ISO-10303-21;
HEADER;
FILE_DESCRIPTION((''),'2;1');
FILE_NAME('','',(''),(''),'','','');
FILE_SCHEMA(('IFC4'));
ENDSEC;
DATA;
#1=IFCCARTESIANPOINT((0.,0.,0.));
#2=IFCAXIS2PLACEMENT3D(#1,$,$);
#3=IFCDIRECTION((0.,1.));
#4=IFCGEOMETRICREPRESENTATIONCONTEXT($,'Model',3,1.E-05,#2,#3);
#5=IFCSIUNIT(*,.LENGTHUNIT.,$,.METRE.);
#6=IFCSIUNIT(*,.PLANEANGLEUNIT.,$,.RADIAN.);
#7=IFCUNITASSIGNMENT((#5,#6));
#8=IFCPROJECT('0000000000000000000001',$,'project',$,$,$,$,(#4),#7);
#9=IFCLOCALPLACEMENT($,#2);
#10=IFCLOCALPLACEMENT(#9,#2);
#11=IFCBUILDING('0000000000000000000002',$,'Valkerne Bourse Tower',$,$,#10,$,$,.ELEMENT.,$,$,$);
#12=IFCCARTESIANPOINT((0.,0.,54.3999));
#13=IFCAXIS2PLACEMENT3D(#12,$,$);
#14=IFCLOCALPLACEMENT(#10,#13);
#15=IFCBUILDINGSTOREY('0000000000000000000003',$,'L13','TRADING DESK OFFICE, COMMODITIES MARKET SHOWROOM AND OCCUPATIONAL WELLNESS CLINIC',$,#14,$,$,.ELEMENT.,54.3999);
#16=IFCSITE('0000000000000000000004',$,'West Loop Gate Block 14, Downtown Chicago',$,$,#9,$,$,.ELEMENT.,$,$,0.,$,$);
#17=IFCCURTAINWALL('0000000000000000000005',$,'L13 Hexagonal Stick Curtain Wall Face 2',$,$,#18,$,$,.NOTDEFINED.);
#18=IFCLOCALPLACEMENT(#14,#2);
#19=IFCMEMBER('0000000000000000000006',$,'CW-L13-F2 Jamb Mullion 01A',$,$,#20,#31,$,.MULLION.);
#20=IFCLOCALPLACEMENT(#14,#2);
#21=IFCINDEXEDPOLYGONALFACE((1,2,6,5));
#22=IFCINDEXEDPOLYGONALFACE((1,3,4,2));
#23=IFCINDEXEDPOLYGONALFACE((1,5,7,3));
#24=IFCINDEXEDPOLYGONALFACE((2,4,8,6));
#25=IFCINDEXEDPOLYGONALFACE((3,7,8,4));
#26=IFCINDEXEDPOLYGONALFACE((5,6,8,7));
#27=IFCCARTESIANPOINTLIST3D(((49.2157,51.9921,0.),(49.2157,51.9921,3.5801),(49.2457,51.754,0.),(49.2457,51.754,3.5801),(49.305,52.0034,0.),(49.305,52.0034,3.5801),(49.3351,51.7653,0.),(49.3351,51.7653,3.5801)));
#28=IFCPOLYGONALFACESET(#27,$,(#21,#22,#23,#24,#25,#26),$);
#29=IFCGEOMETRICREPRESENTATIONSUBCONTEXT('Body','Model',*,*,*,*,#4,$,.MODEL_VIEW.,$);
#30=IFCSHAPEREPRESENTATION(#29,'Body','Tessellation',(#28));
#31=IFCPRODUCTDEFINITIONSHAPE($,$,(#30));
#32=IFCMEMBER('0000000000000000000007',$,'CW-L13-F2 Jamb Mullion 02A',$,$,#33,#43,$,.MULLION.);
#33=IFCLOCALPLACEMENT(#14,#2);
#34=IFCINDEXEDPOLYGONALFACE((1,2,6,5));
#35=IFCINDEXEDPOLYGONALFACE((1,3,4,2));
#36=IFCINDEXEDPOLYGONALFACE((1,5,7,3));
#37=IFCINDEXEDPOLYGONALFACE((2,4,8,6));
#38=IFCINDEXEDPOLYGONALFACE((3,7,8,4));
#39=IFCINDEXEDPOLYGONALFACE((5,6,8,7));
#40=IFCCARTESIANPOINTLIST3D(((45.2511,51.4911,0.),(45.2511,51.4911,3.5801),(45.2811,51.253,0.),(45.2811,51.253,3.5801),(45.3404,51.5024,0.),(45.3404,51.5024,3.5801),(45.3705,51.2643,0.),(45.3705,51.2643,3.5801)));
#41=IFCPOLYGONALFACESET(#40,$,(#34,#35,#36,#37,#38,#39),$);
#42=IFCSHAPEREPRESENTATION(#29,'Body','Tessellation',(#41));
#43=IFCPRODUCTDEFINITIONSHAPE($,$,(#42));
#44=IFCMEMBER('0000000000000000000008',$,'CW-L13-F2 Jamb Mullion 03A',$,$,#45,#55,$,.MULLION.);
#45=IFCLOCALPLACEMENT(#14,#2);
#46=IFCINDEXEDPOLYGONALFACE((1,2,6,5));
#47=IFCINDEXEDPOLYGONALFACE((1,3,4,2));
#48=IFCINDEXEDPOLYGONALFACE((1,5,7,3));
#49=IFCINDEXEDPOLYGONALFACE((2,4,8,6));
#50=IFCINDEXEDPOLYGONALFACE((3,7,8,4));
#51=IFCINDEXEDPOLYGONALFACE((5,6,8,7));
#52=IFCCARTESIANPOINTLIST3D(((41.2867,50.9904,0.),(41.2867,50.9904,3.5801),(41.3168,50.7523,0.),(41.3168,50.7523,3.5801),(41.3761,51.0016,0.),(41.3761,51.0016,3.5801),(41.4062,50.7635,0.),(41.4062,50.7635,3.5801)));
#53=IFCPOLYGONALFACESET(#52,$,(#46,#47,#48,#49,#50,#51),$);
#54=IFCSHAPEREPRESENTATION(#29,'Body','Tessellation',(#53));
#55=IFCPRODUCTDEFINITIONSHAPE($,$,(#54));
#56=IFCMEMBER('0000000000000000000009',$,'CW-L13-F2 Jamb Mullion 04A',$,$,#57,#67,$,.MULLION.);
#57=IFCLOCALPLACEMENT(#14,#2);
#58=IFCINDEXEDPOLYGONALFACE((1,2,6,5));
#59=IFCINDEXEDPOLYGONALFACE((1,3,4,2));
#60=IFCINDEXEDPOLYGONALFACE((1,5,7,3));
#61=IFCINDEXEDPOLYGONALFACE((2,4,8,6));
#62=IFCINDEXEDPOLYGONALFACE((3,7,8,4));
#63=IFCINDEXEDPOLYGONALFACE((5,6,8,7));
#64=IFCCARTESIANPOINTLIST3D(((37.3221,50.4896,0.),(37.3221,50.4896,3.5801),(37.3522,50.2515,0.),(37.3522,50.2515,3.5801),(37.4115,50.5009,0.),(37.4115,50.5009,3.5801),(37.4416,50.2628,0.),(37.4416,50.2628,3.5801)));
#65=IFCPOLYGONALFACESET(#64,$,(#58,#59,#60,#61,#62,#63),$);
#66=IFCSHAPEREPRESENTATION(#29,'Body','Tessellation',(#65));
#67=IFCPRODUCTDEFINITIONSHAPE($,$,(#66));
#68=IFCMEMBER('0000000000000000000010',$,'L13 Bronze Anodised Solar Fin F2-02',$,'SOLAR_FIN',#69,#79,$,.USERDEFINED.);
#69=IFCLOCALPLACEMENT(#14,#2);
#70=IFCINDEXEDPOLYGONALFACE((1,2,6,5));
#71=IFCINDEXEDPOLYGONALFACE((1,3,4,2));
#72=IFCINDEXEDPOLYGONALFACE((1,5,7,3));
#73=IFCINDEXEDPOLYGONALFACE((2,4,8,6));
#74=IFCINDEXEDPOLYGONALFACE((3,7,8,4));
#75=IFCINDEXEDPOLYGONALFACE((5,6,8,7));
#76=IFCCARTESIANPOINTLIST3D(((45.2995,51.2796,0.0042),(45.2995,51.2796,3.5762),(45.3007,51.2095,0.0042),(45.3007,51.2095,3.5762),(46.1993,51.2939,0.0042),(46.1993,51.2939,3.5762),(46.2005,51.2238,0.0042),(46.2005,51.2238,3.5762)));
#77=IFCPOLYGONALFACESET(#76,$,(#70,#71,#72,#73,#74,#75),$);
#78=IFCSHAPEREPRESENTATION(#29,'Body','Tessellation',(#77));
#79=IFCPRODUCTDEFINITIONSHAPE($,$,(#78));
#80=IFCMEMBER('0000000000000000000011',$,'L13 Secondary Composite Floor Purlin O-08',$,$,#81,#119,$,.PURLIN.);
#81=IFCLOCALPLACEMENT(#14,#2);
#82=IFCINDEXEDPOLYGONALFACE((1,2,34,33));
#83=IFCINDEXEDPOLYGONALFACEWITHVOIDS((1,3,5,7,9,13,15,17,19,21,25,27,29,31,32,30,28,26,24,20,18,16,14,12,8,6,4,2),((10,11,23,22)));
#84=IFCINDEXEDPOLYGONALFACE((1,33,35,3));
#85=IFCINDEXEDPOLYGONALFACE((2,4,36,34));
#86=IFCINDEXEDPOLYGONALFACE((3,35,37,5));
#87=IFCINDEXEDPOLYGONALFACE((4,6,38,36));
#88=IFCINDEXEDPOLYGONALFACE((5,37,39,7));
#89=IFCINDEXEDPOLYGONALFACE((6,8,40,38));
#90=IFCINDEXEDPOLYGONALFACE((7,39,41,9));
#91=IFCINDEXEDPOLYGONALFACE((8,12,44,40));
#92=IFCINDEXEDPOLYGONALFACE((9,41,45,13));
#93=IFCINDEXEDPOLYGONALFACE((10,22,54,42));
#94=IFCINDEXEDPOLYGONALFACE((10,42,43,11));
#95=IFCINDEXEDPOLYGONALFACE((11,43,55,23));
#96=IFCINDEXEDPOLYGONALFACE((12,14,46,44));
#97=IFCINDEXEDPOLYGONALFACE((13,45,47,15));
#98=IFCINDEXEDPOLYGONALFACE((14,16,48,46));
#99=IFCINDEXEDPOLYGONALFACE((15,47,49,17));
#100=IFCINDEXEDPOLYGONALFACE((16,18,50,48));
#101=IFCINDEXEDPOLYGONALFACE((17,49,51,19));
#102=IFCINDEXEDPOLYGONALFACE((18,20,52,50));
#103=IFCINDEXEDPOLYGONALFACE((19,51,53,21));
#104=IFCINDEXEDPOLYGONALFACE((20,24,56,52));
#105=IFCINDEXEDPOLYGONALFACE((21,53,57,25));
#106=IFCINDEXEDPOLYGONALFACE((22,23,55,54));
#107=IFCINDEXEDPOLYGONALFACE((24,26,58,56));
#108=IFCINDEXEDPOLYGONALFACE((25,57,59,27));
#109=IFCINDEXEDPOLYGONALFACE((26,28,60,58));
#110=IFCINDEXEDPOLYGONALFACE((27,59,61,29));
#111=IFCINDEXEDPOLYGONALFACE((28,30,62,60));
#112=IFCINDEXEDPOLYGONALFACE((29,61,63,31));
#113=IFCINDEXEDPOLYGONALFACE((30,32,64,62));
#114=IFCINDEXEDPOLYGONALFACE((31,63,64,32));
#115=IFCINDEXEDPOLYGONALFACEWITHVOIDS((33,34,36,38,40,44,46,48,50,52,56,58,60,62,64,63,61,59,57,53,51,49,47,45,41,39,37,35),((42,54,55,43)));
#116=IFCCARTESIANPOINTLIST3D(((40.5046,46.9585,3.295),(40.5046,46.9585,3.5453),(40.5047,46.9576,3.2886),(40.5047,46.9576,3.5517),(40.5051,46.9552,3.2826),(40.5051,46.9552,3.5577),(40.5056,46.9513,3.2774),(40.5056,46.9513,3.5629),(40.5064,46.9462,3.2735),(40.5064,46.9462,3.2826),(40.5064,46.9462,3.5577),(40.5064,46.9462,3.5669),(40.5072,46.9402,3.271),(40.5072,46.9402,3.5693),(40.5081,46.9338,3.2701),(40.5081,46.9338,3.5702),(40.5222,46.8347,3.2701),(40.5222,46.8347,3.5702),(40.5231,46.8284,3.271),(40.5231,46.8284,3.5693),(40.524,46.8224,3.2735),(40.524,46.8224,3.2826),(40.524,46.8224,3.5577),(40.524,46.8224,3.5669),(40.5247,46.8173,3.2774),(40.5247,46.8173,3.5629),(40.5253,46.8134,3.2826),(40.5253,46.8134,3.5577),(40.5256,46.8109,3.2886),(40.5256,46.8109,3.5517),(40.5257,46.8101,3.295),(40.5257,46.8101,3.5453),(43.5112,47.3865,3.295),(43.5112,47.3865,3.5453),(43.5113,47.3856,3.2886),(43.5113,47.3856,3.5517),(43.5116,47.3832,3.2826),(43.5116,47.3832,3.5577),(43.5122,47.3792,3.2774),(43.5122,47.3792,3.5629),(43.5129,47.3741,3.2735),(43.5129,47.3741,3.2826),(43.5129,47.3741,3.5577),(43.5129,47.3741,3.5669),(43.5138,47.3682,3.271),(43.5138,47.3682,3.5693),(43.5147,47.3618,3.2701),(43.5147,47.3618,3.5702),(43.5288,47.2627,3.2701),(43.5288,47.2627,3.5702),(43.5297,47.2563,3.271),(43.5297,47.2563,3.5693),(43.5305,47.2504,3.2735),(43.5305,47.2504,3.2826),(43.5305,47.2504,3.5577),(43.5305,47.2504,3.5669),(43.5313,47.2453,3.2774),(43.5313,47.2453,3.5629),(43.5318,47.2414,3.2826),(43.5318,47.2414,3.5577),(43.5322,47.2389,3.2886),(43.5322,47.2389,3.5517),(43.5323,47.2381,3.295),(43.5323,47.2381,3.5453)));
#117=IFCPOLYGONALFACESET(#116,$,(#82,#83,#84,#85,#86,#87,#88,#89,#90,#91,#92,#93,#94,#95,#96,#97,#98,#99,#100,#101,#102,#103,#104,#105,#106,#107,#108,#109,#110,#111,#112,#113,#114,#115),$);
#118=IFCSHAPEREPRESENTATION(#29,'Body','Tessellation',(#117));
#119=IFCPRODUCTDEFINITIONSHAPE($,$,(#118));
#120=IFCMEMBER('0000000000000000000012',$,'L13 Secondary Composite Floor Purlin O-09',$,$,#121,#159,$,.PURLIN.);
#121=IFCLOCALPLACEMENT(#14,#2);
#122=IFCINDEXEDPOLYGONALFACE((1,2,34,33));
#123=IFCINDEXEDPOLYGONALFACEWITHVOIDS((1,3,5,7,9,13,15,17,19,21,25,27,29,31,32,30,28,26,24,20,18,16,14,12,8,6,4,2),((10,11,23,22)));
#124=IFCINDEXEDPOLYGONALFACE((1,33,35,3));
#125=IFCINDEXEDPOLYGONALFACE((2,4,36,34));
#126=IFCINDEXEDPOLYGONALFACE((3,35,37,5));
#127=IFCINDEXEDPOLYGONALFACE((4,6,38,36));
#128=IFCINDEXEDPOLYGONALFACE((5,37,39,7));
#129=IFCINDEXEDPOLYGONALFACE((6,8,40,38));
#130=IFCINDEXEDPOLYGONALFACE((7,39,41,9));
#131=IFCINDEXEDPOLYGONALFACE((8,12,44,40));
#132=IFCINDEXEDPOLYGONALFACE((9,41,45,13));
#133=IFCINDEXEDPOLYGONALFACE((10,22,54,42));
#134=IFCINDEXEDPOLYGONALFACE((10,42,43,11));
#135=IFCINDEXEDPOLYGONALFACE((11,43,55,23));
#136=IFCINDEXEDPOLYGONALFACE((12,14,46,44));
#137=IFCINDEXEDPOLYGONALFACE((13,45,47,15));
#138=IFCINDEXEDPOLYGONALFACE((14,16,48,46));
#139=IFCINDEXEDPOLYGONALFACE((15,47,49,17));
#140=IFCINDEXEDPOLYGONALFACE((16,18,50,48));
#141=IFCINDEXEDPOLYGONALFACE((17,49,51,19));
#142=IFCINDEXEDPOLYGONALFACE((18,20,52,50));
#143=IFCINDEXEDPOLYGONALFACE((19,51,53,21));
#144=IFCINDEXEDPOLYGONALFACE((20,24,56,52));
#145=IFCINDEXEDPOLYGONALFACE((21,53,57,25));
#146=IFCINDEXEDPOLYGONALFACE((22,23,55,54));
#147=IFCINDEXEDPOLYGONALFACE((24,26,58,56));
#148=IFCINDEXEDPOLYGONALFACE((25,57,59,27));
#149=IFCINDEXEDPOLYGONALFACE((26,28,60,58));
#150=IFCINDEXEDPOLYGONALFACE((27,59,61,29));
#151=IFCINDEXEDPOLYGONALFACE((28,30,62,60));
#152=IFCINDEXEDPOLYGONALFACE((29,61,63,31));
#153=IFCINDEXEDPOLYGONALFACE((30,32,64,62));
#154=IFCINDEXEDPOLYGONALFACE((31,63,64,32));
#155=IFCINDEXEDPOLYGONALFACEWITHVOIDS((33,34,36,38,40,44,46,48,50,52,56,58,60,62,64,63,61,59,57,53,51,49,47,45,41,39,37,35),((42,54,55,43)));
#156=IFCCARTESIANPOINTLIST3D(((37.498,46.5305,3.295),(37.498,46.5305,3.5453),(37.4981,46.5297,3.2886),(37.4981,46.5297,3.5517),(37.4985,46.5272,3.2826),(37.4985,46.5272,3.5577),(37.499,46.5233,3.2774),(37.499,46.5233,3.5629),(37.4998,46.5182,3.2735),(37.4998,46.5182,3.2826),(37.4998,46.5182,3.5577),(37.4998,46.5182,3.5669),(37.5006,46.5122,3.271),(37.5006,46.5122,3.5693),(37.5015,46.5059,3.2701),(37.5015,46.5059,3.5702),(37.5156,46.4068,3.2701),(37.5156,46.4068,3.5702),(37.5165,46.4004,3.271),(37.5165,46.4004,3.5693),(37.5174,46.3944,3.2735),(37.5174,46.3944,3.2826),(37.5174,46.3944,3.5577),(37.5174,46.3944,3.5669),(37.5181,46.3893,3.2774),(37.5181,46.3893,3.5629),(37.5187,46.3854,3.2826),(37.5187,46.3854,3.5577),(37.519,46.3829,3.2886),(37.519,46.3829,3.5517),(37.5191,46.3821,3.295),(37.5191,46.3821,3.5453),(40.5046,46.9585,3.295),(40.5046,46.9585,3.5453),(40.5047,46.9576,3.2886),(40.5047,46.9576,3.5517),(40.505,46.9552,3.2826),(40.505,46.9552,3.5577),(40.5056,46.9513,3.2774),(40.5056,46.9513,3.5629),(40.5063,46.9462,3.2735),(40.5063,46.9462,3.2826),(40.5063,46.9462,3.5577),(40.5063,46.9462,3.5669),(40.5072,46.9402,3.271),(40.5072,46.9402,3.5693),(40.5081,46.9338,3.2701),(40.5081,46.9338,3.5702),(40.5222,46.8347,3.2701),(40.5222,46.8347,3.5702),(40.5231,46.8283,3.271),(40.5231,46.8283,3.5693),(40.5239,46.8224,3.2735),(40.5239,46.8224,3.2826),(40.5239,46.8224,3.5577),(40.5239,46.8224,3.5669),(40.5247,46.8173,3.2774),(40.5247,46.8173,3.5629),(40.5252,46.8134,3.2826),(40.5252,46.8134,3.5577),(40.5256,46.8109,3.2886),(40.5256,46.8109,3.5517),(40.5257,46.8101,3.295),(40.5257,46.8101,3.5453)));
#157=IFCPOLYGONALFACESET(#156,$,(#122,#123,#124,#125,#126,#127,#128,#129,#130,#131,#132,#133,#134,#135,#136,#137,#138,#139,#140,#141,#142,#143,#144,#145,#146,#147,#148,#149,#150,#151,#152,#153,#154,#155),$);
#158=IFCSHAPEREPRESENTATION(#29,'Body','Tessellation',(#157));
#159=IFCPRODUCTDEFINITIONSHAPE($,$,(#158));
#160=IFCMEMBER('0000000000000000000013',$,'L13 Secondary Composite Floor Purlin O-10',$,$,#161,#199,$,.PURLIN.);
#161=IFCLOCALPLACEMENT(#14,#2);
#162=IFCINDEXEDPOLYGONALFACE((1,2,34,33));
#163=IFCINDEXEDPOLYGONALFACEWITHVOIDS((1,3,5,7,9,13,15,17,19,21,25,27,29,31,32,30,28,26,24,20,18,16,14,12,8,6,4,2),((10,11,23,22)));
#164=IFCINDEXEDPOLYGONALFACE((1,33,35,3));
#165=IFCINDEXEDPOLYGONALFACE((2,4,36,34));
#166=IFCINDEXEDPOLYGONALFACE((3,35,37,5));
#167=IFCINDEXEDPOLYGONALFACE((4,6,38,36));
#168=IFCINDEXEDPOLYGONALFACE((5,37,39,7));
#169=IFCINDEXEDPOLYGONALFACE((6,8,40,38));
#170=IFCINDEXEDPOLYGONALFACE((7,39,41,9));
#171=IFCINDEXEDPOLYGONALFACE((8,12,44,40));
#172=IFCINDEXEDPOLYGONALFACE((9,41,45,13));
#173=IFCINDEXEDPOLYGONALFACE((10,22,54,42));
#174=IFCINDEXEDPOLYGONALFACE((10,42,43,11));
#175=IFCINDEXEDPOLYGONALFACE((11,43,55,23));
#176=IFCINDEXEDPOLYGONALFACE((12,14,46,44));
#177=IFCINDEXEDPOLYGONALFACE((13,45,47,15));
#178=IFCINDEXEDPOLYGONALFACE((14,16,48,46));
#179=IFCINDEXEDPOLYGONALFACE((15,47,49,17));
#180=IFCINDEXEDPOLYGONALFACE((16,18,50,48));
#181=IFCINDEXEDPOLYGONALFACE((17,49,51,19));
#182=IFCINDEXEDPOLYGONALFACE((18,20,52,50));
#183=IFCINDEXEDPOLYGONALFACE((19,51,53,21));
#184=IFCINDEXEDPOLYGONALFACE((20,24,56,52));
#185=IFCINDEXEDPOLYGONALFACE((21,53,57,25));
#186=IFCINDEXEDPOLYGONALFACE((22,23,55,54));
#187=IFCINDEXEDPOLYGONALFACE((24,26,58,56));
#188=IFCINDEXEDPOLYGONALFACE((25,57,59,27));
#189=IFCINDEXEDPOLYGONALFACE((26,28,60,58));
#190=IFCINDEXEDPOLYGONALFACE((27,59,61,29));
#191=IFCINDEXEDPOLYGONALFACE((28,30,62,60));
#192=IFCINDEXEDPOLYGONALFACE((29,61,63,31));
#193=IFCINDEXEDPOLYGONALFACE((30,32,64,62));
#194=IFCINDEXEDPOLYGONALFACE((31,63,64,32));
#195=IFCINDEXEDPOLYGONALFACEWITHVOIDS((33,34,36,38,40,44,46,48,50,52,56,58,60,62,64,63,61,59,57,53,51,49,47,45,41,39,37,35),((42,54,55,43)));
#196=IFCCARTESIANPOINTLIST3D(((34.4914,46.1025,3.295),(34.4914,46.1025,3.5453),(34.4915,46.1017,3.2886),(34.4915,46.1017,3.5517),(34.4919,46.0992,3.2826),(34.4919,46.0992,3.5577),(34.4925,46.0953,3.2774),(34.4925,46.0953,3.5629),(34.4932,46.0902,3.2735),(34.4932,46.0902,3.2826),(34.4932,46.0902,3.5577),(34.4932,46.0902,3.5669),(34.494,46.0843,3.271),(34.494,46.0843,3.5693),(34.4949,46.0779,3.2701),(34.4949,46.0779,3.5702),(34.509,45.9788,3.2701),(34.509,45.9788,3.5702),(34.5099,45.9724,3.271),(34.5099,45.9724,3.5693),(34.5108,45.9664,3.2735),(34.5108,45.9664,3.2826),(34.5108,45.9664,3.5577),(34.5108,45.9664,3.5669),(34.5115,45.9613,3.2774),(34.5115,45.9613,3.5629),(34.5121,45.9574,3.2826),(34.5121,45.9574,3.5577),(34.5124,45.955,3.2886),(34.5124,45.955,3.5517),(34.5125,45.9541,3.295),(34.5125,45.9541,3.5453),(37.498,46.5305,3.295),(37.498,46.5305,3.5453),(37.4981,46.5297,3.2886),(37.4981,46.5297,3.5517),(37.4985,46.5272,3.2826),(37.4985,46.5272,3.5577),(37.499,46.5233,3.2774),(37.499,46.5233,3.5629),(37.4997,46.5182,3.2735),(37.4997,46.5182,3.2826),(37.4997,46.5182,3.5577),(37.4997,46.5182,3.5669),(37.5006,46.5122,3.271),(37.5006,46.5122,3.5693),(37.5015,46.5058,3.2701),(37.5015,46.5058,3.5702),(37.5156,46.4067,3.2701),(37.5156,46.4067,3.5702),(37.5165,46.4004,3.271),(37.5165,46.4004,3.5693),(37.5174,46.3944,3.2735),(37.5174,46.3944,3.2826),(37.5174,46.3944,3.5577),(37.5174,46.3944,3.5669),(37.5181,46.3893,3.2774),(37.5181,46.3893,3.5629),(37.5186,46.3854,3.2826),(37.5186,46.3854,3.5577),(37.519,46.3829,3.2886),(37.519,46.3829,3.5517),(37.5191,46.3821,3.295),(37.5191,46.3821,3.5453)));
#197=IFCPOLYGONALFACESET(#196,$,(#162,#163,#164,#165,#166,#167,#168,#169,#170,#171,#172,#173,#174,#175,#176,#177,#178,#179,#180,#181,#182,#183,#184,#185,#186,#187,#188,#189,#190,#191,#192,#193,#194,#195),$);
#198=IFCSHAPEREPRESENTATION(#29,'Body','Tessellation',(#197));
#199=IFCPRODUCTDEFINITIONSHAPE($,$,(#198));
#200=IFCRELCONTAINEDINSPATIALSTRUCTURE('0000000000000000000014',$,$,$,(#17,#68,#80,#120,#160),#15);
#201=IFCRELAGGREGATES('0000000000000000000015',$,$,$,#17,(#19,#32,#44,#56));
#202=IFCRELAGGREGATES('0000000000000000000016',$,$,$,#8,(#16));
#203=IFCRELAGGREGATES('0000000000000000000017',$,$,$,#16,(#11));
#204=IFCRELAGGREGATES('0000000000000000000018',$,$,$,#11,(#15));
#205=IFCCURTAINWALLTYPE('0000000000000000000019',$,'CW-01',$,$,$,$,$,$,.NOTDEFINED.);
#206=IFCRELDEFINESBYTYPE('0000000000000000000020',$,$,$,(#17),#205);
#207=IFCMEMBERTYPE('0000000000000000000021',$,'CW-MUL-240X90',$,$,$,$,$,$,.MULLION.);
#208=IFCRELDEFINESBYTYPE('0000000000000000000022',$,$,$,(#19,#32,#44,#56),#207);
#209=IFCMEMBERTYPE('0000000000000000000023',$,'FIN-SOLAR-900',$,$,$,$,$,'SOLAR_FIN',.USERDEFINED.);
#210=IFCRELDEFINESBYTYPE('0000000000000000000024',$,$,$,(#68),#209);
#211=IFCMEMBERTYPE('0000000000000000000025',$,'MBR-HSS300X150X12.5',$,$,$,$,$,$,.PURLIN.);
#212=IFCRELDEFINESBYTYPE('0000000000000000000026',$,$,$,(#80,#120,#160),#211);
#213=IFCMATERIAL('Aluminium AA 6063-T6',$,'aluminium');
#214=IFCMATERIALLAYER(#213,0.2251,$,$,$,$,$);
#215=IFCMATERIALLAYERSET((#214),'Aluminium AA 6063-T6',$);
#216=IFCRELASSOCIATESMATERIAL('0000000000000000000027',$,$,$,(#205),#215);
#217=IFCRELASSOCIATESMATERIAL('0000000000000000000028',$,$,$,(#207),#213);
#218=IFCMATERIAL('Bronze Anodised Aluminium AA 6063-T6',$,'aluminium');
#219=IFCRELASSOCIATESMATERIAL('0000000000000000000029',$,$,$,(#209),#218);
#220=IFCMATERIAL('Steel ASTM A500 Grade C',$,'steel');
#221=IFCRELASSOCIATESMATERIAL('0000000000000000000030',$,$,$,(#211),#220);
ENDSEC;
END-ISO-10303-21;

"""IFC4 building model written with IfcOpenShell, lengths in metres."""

from ifc_helpers import new_model, si_unit, direction, frame, origin, origin_2d, place, context, subcontext, project, spatial, rectangle, hollow_rectangle, extrude, material, layer, layer_set, material_profile, profile_set, type_object, element, aggregate, save


model = new_model("IFC4")

# Units and contexts
model_context = context("Model", 3, precision=1e-05, world=origin(), true_north=direction((0.0, 1.0)))
body_context = subcontext(model_context, "Body", "Model", "MODEL_VIEW")
ifc_project = project(units=[si_unit("LENGTHUNIT", "METRE"), si_unit("PLANEANGLEUNIT", "RADIAN")], contexts=[model_context])

# Site, building, storey
site_placement = place(None, origin())
site = spatial("IfcSite", under=ifc_project, at=site_placement, Name="West Loop Gate Block 14, Downtown Chicago", CompositionType="ELEMENT", RefElevation=0.0)
building_placement = place(site_placement, origin())
building = spatial("IfcBuilding", under=site, at=building_placement, Name="Valkerne Bourse Tower", CompositionType="ELEMENT")
storey_placement = place(building_placement, frame((0.0, 0.0, 54.3999)))
storey = spatial("IfcBuildingStorey", under=building, at=storey_placement, Name="L13", Description="TRADING DESK OFFICE, COMMODITIES MARKET SHOWROOM AND OCCUPATIONAL WELLNESS CLINIC", CompositionType="ELEMENT", Elevation=54.3999)

# Curtain wall, members
ifc_material_1 = material(Name="Aluminium AA 6063-T6", Category="aluminium")
ifc_layer_1 = layer(ifc_material_1, 0.2251)
ifc_layer_set_1 = layer_set([ifc_layer_1], Name="Aluminium AA 6063-T6")
curtain_wall_type = type_object("IfcCurtainWallType", Name="CW-01", PredefinedType="NOTDEFINED", material=ifc_layer_set_1)
curtain_wall_placement = place(storey_placement, origin())
curtain_wall = element("IfcCurtainWall", 1, at=curtain_wall_placement, inside=storey, type_object=curtain_wall_type, Name="L13 Hexagonal Stick Curtain Wall Face 2", PredefinedType="NOTDEFINED")
ifc_material_profile_1 = material_profile(ifc_material_1, rectangle(XDim=0.0901, YDim=0.24, at=origin_2d()), Name="CWM-90X240")
ifc_profile_set_1 = profile_set([ifc_material_profile_1], Name="Aluminium AA 6063-T6")
member_type_1 = type_object("IfcMemberType", Name="CW-MUL-240X90", PredefinedType="MULLION", material=ifc_profile_set_1)
member_1_placement = place(storey_placement, frame((49.2754, 51.8787, 0.0), z_axis=(0.0, 0.0, 1.0), x_axis=(-0.992113, -0.12535, 0.0)))
member_1 = element("IfcMember", 2, at=member_1_placement, type_object=member_type_1, Name="CW-L13-F2 Jamb Mullion 01A", PredefinedType="MULLION", context=body_context, shape_type="SweptSolid", body=[
    extrude(rectangle(XDim=0.0901, YDim=0.24, at=origin_2d()), origin(), (0.0, 0.0, 1.0), 3.5801),
])
member_2_placement = place(storey_placement, frame((45.3108, 51.3777, 0.0), z_axis=(0.0, 0.0, 1.0), x_axis=(-0.992116, -0.125325, 0.0)))
member_2 = element("IfcMember", 3, at=member_2_placement, type_object=member_type_1, Name="CW-L13-F2 Jamb Mullion 02A", PredefinedType="MULLION", context=body_context, shape_type="SweptSolid", body=[
    extrude(rectangle(XDim=0.0901, YDim=0.24, at=origin_2d()), origin(), (0.0, 0.0, 1.0), 3.5801),
])
member_3_placement = place(storey_placement, frame((41.3464, 50.877, 0.0), z_axis=(0.0, 0.0, 1.0), x_axis=(-0.992116, -0.125325, 0.0)))
member_3 = element("IfcMember", 4, at=member_3_placement, type_object=member_type_1, Name="CW-L13-F2 Jamb Mullion 03A", PredefinedType="MULLION", context=body_context, shape_type="SweptSolid", body=[
    extrude(rectangle(XDim=0.0901, YDim=0.24, at=origin_2d()), origin(), (0.0, 0.0, 1.0), 3.5801),
])
member_4_placement = place(storey_placement, frame((37.3818, 50.3762, 0.0), z_axis=(0.0, 0.0, 1.0), x_axis=(-0.992113, -0.12535, 0.0)))
member_4 = element("IfcMember", 5, at=member_4_placement, type_object=member_type_1, Name="CW-L13-F2 Jamb Mullion 04A", PredefinedType="MULLION", context=body_context, shape_type="SweptSolid", body=[
    extrude(rectangle(XDim=0.0901, YDim=0.24, at=origin_2d()), origin(), (0.0, 0.0, 1.0), 3.5801),
])

# Members
ifc_material_2 = material(Name="Bronze Anodised Aluminium AA 6063-T6", Category="aluminium")
ifc_material_profile_2 = material_profile(ifc_material_2, rectangle(XDim=0.0701, YDim=0.8999, at=origin_2d()), Name="FIN-70X900")
ifc_profile_set_2 = profile_set([ifc_material_profile_2], Name="Bronze Anodised Aluminium AA 6063-T6")
member_type_2 = type_object("IfcMemberType", Name="FIN-SOLAR-900", ElementType="SOLAR_FIN", PredefinedType="USERDEFINED", material=ifc_profile_set_2)
member_5_placement = place(storey_placement, frame((45.75, 51.2517, 0.0042), z_axis=(0.0, 0.0, 1.0), x_axis=(-0.015867, 0.999874, 0.0)))
element("IfcMember", 6, at=member_5_placement, inside=storey, type_object=member_type_2, Name="L13 Bronze Anodised Solar Fin F2-02", ObjectType="SOLAR_FIN", PredefinedType="USERDEFINED", context=body_context, shape_type="SweptSolid", body=[
    extrude(rectangle(XDim=0.0701, YDim=0.8999, at=origin_2d()), origin(), (0.0, 0.0, 1.0), 3.572),
])
ifc_material_3 = material(Name="Steel ASTM A500 Grade C", Category="steel")
ifc_material_profile_3 = material_profile(ifc_material_3, hollow_rectangle(XDim=0.1499, YDim=0.3, WallThickness=0.0125, OuterFilletRadius=0.0249, at=origin_2d()), Name="HSS300X150X12.5")
ifc_profile_set_3 = profile_set([ifc_material_profile_3], Name="Steel ASTM A500 Grade C")
member_type_3 = type_object("IfcMemberType", Name="MBR-HSS300X150X12.5", PredefinedType="PURLIN", material=ifc_profile_set_3)
for number, where, z_axis, x_axis, name in (
    (7, (43.5217, 47.3123, 3.4202), (-0.99002, -0.140926, 0.0), (0.140926, -0.99002, 0.0), "L13 Secondary Composite Floor Purlin O-08"),
    (8, (40.5151, 46.8843, 3.4202), (-0.99002, -0.140926, 0.0), (0.140926, -0.99002, 0.0), "L13 Secondary Composite Floor Purlin O-09"),
    (9, (37.5085, 46.4563, 3.4202), (-0.99002, -0.140926, 0.0), (0.140926, -0.99002, 0.0), "L13 Secondary Composite Floor Purlin O-10"),
):
    element("IfcMember", number, at=place(storey_placement, frame(where, z_axis=z_axis, x_axis=x_axis)), inside=storey, type_object=member_type_3, Name=name, PredefinedType="PURLIN", context=body_context, shape_type="SweptSolid", body=[
        extrude(hollow_rectangle(XDim=0.1499, YDim=0.3, WallThickness=0.0125, OuterFilletRadius=0.0249, at=origin_2d()), origin(), (0.0, 0.0, 1.0), 3.0369),
    ])

aggregate(curtain_wall, [member_1, member_2, member_3, member_4])

save(model, "model.ifc")
